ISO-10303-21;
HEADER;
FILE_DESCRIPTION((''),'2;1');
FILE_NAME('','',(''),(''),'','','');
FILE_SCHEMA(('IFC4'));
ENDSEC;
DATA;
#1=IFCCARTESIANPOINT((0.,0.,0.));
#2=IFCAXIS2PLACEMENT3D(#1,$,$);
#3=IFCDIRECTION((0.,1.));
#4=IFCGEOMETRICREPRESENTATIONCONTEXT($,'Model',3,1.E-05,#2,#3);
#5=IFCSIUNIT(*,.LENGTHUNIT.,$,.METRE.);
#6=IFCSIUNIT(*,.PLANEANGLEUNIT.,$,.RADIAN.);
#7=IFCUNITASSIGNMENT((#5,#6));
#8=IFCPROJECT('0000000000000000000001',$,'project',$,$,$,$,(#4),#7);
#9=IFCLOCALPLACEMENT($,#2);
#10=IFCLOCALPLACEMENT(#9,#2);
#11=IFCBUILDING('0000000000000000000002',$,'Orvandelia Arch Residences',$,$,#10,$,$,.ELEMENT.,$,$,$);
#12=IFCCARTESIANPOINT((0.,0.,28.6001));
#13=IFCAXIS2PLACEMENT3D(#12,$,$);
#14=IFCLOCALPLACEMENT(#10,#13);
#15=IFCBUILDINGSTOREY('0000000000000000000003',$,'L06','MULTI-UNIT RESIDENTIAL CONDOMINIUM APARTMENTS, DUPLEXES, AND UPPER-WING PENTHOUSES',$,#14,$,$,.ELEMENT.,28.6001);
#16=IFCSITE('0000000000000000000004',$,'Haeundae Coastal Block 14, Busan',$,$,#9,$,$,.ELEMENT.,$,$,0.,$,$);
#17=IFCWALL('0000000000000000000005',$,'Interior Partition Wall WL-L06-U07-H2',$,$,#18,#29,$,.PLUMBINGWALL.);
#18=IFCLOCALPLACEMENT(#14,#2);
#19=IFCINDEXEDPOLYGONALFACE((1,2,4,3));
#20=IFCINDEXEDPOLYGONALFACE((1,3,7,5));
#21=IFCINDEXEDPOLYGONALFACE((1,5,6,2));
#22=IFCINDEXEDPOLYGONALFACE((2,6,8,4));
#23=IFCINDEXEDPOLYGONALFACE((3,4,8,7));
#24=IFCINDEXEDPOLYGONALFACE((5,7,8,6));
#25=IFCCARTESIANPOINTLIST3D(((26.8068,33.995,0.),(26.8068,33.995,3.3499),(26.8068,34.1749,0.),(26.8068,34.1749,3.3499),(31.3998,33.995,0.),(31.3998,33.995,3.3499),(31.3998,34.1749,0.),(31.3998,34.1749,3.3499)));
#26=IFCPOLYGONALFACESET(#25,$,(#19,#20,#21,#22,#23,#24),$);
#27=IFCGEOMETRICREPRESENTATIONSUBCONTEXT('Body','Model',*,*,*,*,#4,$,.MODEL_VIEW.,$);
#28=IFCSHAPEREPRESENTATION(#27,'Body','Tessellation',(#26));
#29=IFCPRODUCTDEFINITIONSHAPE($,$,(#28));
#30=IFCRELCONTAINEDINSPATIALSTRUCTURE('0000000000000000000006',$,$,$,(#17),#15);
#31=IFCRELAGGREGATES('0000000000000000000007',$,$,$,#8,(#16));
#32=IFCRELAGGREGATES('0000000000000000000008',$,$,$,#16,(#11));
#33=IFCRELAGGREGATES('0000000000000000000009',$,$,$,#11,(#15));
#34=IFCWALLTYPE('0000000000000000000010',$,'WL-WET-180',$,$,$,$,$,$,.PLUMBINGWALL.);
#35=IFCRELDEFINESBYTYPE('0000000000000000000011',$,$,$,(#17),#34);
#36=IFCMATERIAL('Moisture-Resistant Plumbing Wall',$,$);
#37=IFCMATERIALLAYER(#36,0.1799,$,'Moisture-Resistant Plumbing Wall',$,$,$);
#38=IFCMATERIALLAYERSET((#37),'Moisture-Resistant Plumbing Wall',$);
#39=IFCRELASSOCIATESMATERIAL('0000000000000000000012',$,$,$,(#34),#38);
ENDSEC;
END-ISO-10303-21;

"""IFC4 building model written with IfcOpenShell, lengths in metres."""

from ifc_helpers import new_model, si_unit, direction, frame, frame_2d, origin, place, context, subcontext, project, spatial, rectangle, extrude, material, layer, layer_set, type_object, element, save


model = new_model("IFC4")

# Units and contexts
model_context = context("Model", 3, precision=1e-05, world=origin(), true_north=direction((0.0, 1.0)))
body_context = subcontext(model_context, "Body", "Model", "MODEL_VIEW")
ifc_project = project(units=[si_unit("LENGTHUNIT", "METRE"), si_unit("PLANEANGLEUNIT", "RADIAN")], contexts=[model_context])

# Site, building, storey
site_placement = place(None, origin())
site = spatial("IfcSite", under=ifc_project, at=site_placement, Name="Haeundae Coastal Block 14, Busan", CompositionType="ELEMENT", RefElevation=0.0)
building_placement = place(site_placement, origin())
building = spatial("IfcBuilding", under=site, at=building_placement, Name="Orvandelia Arch Residences", CompositionType="ELEMENT")
storey_placement = place(building_placement, frame((0.0, 0.0, 28.6001)))
storey = spatial("IfcBuildingStorey", under=building, at=storey_placement, Name="L06", Description="MULTI-UNIT RESIDENTIAL CONDOMINIUM APARTMENTS, DUPLEXES, AND UPPER-WING PENTHOUSES", CompositionType="ELEMENT", Elevation=28.6001)

# Shared definitions
ifc_material_1 = material(Name="Moisture-Resistant Plumbing Wall")
ifc_layer_1 = layer(ifc_material_1, 0.1799, Name="Moisture-Resistant Plumbing Wall")
ifc_layer_set_1 = layer_set([ifc_layer_1], Name="Moisture-Resistant Plumbing Wall")
wall_type_1 = type_object("IfcWallType", Name="WL-WET-180", PredefinedType="PLUMBINGWALL", material=ifc_layer_set_1)

# Wall
wall_1_placement = place(storey_placement, frame((26.8069, 34.085, 0.0), z_axis=(0.0, 0.0, 1.0), x_axis=(1.0, 0.0, 0.0)))
element("IfcWall", 1, at=wall_1_placement, inside=storey, type_object=wall_type_1, Name="Interior Partition Wall WL-L06-U07-H2", PredefinedType="PLUMBINGWALL", context=body_context, shape_type="SweptSolid", body=[
    extrude(rectangle(XDim=4.593, YDim=0.1799, at=frame_2d((2.2964, 0.0))), origin(), (0.0, 0.0, 1.0), 3.3499),
])

save(model, "model.ifc")
